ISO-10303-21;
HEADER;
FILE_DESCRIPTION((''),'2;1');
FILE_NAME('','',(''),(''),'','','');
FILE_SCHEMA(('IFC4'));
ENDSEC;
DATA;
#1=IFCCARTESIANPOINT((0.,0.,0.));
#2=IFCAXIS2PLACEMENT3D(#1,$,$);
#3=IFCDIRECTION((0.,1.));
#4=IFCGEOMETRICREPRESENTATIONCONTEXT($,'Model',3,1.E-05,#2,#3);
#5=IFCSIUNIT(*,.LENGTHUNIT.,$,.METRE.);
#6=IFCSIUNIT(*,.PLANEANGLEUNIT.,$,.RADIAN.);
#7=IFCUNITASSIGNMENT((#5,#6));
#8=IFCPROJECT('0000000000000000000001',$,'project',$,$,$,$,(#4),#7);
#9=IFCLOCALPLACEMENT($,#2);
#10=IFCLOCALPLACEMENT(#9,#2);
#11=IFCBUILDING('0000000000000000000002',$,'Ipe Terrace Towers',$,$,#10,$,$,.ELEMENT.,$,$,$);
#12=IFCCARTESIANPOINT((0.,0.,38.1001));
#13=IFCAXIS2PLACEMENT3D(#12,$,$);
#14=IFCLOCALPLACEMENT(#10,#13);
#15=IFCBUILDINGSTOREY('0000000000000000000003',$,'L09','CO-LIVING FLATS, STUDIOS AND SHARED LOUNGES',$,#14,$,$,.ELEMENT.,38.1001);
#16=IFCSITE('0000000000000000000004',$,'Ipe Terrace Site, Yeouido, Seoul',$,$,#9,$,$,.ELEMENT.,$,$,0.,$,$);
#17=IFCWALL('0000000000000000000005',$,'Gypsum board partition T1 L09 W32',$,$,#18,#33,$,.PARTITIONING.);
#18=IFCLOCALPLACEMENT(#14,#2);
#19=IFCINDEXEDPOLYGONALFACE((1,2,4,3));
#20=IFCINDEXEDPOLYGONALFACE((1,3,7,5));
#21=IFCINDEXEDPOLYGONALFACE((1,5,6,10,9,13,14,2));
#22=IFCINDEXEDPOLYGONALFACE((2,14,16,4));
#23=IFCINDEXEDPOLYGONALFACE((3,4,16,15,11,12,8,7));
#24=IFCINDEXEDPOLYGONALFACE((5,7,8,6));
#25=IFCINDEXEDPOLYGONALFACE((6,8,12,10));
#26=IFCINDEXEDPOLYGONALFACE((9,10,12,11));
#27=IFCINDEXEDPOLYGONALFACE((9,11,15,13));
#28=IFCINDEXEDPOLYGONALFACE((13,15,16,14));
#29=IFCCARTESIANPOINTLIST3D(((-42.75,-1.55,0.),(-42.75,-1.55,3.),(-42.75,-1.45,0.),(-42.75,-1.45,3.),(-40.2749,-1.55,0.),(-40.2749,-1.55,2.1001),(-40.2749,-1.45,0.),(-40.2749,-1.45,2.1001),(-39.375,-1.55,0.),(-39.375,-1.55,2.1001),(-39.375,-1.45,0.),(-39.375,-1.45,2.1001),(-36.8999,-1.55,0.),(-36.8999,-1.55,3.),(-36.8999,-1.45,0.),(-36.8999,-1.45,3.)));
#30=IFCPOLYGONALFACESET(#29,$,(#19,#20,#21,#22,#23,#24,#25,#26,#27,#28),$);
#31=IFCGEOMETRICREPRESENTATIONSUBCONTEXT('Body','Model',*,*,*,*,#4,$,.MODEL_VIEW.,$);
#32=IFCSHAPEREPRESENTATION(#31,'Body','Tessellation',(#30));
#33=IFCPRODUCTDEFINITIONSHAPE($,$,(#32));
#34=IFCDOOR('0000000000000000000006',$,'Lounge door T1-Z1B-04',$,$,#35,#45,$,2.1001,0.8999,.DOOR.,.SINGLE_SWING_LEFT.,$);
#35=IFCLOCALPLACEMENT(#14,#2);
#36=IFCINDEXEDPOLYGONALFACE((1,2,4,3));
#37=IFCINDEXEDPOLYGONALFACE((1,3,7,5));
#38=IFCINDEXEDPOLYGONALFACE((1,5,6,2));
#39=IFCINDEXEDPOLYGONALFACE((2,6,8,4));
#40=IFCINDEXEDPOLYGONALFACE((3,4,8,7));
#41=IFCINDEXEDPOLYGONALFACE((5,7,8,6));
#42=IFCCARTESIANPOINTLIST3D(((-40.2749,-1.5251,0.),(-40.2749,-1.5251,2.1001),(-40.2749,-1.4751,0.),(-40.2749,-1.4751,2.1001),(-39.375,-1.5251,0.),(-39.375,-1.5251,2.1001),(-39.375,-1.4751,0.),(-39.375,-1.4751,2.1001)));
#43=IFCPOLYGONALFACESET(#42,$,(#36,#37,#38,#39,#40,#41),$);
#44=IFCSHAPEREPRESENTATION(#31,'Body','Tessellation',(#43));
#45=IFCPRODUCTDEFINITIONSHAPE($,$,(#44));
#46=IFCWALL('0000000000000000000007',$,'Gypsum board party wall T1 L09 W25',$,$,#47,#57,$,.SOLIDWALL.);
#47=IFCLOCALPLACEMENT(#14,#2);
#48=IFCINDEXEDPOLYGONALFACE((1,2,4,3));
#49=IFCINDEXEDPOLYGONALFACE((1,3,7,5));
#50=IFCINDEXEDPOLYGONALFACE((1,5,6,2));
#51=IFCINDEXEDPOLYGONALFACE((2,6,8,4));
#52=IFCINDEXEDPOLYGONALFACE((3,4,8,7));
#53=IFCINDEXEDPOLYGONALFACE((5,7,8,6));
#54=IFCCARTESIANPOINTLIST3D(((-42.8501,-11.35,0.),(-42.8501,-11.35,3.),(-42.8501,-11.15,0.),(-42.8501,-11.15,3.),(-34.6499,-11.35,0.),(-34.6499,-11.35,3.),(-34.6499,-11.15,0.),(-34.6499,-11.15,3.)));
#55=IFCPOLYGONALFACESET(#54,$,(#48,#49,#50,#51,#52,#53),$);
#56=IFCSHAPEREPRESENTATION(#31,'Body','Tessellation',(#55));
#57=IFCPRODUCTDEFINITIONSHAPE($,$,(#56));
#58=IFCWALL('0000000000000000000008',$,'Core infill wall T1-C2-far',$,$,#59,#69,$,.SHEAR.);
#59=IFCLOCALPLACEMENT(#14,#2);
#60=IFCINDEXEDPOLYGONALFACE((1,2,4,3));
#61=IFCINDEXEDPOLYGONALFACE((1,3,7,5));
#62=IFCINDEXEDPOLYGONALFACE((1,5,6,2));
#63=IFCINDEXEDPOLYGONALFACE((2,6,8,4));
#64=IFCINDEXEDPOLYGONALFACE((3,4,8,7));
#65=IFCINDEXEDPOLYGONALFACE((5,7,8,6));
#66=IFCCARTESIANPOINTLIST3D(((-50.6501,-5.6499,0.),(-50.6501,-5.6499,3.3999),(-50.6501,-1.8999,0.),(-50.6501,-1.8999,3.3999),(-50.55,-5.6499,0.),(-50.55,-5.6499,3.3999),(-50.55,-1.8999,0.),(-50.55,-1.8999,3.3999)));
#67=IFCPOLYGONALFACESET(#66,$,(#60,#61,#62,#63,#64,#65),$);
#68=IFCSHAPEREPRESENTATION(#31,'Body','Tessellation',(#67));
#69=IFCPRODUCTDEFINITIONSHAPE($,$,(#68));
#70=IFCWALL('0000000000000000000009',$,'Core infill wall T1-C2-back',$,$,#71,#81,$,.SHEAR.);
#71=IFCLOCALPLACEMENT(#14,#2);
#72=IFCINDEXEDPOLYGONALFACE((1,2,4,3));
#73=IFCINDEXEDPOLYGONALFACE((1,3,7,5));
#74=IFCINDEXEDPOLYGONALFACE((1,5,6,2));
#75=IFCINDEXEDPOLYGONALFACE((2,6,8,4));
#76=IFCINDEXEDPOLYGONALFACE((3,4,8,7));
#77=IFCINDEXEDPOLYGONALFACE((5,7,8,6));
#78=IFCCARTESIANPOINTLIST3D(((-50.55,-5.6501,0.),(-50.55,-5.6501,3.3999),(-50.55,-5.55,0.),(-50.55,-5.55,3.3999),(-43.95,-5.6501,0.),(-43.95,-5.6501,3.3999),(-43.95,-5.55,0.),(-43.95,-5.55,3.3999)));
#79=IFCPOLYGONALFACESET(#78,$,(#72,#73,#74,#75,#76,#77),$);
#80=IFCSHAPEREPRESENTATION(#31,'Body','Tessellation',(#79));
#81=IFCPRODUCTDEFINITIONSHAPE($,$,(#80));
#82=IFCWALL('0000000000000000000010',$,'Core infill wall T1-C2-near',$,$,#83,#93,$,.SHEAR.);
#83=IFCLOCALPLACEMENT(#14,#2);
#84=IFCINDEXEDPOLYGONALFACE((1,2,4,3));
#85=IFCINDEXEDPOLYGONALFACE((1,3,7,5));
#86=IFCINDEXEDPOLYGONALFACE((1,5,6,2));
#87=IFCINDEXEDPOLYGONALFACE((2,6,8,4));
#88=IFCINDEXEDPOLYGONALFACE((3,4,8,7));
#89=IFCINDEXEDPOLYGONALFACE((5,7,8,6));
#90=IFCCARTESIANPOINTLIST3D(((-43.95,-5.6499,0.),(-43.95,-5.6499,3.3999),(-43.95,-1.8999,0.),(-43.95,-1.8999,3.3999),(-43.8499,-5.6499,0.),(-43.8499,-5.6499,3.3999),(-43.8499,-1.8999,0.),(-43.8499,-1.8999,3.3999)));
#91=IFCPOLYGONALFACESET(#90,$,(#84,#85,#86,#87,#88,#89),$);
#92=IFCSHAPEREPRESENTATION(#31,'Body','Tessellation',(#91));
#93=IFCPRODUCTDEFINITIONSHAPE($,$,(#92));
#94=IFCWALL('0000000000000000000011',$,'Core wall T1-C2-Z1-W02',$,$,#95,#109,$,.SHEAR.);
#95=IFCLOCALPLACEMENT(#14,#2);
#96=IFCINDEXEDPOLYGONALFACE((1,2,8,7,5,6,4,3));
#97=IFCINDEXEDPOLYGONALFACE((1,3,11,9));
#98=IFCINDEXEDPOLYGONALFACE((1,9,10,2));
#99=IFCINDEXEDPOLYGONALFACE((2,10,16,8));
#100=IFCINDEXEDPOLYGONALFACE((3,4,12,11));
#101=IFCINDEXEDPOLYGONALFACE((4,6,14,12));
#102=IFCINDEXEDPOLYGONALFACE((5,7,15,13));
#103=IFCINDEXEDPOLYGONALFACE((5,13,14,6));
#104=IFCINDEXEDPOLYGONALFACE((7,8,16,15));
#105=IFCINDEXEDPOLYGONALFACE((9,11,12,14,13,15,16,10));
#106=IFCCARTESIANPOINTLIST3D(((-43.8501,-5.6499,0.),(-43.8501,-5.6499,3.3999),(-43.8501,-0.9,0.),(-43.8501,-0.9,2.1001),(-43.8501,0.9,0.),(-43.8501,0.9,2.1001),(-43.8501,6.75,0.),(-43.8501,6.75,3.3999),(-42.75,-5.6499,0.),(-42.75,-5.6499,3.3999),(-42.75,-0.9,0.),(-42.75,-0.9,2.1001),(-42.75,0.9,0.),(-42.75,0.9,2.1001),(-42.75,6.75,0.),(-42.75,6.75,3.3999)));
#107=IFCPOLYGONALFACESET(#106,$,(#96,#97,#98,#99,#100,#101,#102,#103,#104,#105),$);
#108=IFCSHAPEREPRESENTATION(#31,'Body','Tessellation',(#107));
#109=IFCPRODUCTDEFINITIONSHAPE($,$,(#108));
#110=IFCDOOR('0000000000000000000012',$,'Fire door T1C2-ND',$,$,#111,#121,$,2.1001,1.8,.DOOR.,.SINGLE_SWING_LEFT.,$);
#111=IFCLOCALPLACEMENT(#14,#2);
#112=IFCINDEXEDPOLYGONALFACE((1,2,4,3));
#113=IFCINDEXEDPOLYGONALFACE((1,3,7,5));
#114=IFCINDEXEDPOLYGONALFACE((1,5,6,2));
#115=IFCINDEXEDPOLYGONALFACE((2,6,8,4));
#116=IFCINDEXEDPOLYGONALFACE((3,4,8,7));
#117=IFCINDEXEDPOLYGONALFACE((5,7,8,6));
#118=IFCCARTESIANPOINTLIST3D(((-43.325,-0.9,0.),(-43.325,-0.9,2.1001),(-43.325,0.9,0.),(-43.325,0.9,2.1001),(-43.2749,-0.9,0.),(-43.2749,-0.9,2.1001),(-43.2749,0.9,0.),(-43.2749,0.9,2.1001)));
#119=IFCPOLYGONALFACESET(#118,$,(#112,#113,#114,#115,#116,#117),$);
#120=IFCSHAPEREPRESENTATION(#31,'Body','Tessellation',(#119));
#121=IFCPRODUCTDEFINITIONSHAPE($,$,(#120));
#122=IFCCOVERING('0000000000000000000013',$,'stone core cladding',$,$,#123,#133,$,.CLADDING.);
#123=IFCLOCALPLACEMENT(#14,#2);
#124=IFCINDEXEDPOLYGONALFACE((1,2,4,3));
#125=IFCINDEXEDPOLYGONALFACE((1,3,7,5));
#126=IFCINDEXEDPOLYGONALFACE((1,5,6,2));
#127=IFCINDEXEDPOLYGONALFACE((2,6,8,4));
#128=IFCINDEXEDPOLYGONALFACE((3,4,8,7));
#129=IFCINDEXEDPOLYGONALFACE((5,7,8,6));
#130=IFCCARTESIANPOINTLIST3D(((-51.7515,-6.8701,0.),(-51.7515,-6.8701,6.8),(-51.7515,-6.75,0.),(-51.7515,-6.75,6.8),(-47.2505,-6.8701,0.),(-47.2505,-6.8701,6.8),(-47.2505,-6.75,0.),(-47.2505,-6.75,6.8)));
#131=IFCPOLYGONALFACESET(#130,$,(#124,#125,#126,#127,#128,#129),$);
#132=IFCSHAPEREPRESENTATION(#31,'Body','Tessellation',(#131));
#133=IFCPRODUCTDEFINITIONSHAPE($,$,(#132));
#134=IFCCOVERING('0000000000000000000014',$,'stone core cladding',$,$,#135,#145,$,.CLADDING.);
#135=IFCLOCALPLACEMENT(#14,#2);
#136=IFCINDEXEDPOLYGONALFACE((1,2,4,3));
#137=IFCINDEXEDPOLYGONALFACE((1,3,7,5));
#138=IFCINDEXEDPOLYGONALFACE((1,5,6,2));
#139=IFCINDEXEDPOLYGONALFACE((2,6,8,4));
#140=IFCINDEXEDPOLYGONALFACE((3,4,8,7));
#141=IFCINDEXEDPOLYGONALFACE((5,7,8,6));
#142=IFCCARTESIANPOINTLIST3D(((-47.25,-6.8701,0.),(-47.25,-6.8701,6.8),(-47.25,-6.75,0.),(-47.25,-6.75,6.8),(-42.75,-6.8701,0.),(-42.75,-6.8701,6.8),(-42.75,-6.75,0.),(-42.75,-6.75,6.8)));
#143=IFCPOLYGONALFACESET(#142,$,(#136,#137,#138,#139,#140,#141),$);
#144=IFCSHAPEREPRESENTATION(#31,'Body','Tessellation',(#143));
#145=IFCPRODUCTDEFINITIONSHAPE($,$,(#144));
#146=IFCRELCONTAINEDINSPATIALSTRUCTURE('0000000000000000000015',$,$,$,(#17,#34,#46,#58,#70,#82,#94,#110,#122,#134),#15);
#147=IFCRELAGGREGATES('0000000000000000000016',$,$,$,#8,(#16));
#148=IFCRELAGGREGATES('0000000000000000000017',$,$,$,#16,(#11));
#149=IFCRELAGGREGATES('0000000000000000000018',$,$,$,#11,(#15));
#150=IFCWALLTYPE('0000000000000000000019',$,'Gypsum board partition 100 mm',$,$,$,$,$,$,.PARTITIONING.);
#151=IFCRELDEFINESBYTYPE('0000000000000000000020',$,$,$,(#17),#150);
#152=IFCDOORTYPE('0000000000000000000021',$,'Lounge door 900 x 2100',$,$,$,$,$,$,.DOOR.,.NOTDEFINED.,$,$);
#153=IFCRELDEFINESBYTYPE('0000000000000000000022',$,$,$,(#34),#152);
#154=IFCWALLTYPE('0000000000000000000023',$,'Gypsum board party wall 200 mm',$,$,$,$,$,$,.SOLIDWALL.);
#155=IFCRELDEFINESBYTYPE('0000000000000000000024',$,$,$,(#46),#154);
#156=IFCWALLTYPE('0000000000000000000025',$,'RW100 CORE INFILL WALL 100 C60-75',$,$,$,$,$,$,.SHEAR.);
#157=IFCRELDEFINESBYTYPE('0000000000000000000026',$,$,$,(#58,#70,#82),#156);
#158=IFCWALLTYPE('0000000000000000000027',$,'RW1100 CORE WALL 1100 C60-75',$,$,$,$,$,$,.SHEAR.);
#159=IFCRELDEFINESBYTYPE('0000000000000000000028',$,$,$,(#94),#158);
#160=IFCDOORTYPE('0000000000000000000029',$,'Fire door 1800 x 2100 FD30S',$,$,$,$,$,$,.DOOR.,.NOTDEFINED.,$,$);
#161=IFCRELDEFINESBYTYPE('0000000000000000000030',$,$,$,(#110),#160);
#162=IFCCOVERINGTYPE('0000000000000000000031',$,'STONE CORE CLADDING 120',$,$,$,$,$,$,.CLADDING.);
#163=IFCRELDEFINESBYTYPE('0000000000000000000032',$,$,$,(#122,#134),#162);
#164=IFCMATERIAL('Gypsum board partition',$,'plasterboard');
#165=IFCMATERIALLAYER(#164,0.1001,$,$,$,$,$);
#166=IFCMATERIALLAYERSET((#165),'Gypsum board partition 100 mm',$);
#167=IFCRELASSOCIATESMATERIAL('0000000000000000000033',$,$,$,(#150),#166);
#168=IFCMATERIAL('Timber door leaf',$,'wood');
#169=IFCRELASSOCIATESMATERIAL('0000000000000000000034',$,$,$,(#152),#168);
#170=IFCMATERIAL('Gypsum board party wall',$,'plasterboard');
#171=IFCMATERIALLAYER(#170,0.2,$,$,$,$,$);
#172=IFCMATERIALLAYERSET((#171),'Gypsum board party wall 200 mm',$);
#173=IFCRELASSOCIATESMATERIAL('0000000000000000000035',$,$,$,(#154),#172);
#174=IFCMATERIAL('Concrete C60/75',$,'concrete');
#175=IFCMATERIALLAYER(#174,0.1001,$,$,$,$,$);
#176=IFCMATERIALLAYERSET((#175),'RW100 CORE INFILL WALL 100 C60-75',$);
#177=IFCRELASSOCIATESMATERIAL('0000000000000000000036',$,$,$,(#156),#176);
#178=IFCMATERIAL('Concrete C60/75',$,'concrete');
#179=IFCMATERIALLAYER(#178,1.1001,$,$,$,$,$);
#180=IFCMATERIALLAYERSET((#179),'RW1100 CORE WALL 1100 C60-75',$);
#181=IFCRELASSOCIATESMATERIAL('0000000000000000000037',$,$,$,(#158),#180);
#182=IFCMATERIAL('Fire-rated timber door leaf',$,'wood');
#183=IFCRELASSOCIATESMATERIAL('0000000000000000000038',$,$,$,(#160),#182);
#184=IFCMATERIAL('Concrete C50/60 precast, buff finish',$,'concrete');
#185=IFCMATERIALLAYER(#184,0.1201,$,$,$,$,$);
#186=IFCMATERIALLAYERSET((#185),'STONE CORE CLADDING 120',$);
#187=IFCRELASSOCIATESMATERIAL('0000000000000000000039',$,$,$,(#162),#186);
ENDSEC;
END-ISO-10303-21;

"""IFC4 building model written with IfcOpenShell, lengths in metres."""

from ifc_helpers import new_model, si_unit, direction, frame, frame_2d, origin, origin_2d, place, context, subcontext, project, spatial, rectangle, extrude, material, layer, layer_set, type_object, element, fill, save


model = new_model("IFC4")

# Units and contexts
model_context = context("Model", 3, precision=1e-05, world=origin(), true_north=direction((0.0, 1.0)))
body_context = subcontext(model_context, "Body", "Model", "MODEL_VIEW")
ifc_project = project(units=[si_unit("LENGTHUNIT", "METRE"), si_unit("PLANEANGLEUNIT", "RADIAN")], contexts=[model_context])

# Site, building, storey
site_placement = place(None, origin())
site = spatial("IfcSite", under=ifc_project, at=site_placement, Name="Ipe Terrace Site, Yeouido, Seoul", CompositionType="ELEMENT", RefElevation=0.0)
building_placement = place(site_placement, origin())
building = spatial("IfcBuilding", under=site, at=building_placement, Name="Ipe Terrace Towers", CompositionType="ELEMENT")
storey_placement = place(building_placement, frame((0.0, 0.0, 38.1001)))
storey = spatial("IfcBuildingStorey", under=building, at=storey_placement, Name="L09", Description="CO-LIVING FLATS, STUDIOS AND SHARED LOUNGES", CompositionType="ELEMENT", Elevation=38.1001)

# Shared definitions
ifc_material_1 = material(Name="Gypsum board partition", Category="plasterboard")
ifc_layer_1 = layer(ifc_material_1, 0.1001)
ifc_layer_set_1 = layer_set([ifc_layer_1], Name="Gypsum board partition 100 mm")
wall_type_1 = type_object("IfcWallType", Name="Gypsum board partition 100 mm", PredefinedType="PARTITIONING", material=ifc_layer_set_1)

# Wall, opening, door
wall_1_placement = place(storey_placement, frame((-42.75, -1.5, 0.0), z_axis=(0.0, 0.0, 1.0), x_axis=(1.0, 0.0, 0.0)))
wall_1 = element("IfcWall", 1, at=wall_1_placement, inside=storey, type_object=wall_type_1, Name="Gypsum board partition T1 L09 W32", PredefinedType="PARTITIONING", context=body_context, shape_type="SweptSolid", body=[
    extrude(rectangle(XDim=5.8501, YDim=0.1001, at=frame_2d((2.925, 0.0))), origin(), (0.0, 0.0, 1.0), 3.0),
])
opening_1_placement = place(wall_1_placement, frame((2.4751, 0.0, 0.0)))
opening_1 = element("IfcOpeningElement", 2, at=opening_1_placement, cuts=wall_1, PredefinedType="OPENING", context=body_context, shape_type="SweptSolid", body=[
    extrude(rectangle(XDim=0.8999, YDim=2.1001, at=frame_2d((0.45, 1.05))), frame((0.0, 0.0601, 0.0), z_axis=(0.0, -1.0, 0.0), x_axis=(1.0, 0.0, 0.0)), (0.0, 0.0, 1.0), 0.1201),
])
ifc_material_2 = material(Name="Timber door leaf", Category="wood")
door_type_1 = type_object("IfcDoorType", Name="Lounge door 900 x 2100", OperationType="NOTDEFINED", PredefinedType="DOOR", material=ifc_material_2)
door_1_placement = place(opening_1_placement, origin())
door_1 = element("IfcDoor", 3, at=door_1_placement, inside=storey, type_object=door_type_1, Name="Lounge door T1-Z1B-04", OperationType="SINGLE_SWING_LEFT", OverallHeight=2.1001, OverallWidth=0.8999, PredefinedType="DOOR", context=body_context, shape_type="SweptSolid", body=[
    extrude(rectangle(XDim=0.8999, YDim=2.1001, at=frame_2d((0.45, 1.05))), frame((0.0, 0.0249, 0.0), z_axis=(0.0, -1.0, 0.0), x_axis=(1.0, 0.0, 0.0)), (0.0, 0.0, 1.0), 0.05),
])
fill(opening_1, door_1)

# Walls
ifc_material_3 = material(Name="Gypsum board party wall", Category="plasterboard")
ifc_layer_2 = layer(ifc_material_3, 0.2)
ifc_layer_set_2 = layer_set([ifc_layer_2], Name="Gypsum board party wall 200 mm")
wall_type_2 = type_object("IfcWallType", Name="Gypsum board party wall 200 mm", PredefinedType="SOLIDWALL", material=ifc_layer_set_2)
wall_2_placement = place(storey_placement, frame((-42.8501, -11.25, 0.0), z_axis=(0.0, 0.0, 1.0), x_axis=(1.0, 0.0, 0.0)))
element("IfcWall", 4, at=wall_2_placement, inside=storey, type_object=wall_type_2, Name="Gypsum board party wall T1 L09 W25", PredefinedType="SOLIDWALL", context=body_context, shape_type="SweptSolid", body=[
    extrude(rectangle(XDim=8.2002, YDim=0.2, at=frame_2d((4.1001, 0.0))), origin(), (0.0, 0.0, 1.0), 3.0),
])
ifc_material_4 = material(Name="Concrete C60/75", Category="concrete")
ifc_layer_3 = layer(ifc_material_4, 0.1001)
ifc_layer_set_3 = layer_set([ifc_layer_3], Name="RW100 CORE INFILL WALL 100 C60-75")
wall_type_3 = type_object("IfcWallType", Name="RW100 CORE INFILL WALL 100 C60-75", PredefinedType="SHEAR", material=ifc_layer_set_3)
wall_3_placement = place(storey_placement, frame((-50.6001, -1.8999, 0.0), z_axis=(0.0, 0.0, 1.0), x_axis=(0.0, -1.0, 0.0)))
element("IfcWall", 5, at=wall_3_placement, inside=storey, type_object=wall_type_3, Name="Core infill wall T1-C2-far", PredefinedType="SHEAR", context=body_context, shape_type="SweptSolid", body=[
    extrude(rectangle(XDim=3.75, YDim=0.1001, at=frame_2d((1.875, 0.0))), origin(), (0.0, 0.0, 1.0), 3.3999),
])
wall_4_placement = place(storey_placement, frame((-43.95, -5.6001, 0.0), z_axis=(0.0, 0.0, 1.0), x_axis=(-1.0, 0.0, 0.0)))
element("IfcWall", 6, at=wall_4_placement, inside=storey, type_object=wall_type_3, Name="Core infill wall T1-C2-back", PredefinedType="SHEAR", context=body_context, shape_type="SweptSolid", body=[
    extrude(rectangle(XDim=6.6001, YDim=0.1001, at=frame_2d((3.3, 0.0))), origin(), (0.0, 0.0, 1.0), 3.3999),
])
wall_5_placement = place(storey_placement, frame((-43.8999, -1.8999, 0.0), z_axis=(0.0, 0.0, 1.0), x_axis=(0.0, -1.0, 0.0)))
element("IfcWall", 7, at=wall_5_placement, inside=storey, type_object=wall_type_3, Name="Core infill wall T1-C2-near", PredefinedType="SHEAR", context=body_context, shape_type="SweptSolid", body=[
    extrude(rectangle(XDim=3.75, YDim=0.1001, at=frame_2d((1.875, 0.0))), origin(), (0.0, 0.0, 1.0), 3.3999),
])

# Wall, opening, door
ifc_material_5 = material(Name="Concrete C60/75", Category="concrete")
ifc_layer_4 = layer(ifc_material_5, 1.1001)
ifc_layer_set_4 = layer_set([ifc_layer_4], Name="RW1100 CORE WALL 1100 C60-75")
wall_type_4 = type_object("IfcWallType", Name="RW1100 CORE WALL 1100 C60-75", PredefinedType="SHEAR", material=ifc_layer_set_4)
wall_6_placement = place(storey_placement, frame((-43.3, -5.6499, 0.0), z_axis=(0.0, 0.0, 1.0), x_axis=(0.0, 1.0, 0.0)))
wall_6 = element("IfcWall", 8, at=wall_6_placement, inside=storey, type_object=wall_type_4, Name="Core wall T1-C2-Z1-W02", PredefinedType="SHEAR", context=body_context, shape_type="SweptSolid", body=[
    extrude(rectangle(XDim=12.3999, YDim=1.1001, at=frame_2d((6.2, 0.0))), origin(), (0.0, 0.0, 1.0), 3.3999),
])
opening_2_placement = place(wall_6_placement, frame((4.75, 0.0, 0.0)))
opening_2 = element("IfcOpeningElement", 9, at=opening_2_placement, cuts=wall_6, PredefinedType="OPENING", context=body_context, shape_type="SweptSolid", body=[
    extrude(rectangle(XDim=1.8, YDim=2.1001, at=frame_2d((0.8999, 1.05))), frame((0.0, 0.5601, 0.0), z_axis=(0.0, -1.0, 0.0), x_axis=(1.0, 0.0, 0.0)), (0.0, 0.0, 1.0), 1.1201),
])
ifc_material_6 = material(Name="Fire-rated timber door leaf", Category="wood")
door_type_2 = type_object("IfcDoorType", Name="Fire door 1800 x 2100 FD30S", OperationType="NOTDEFINED", PredefinedType="DOOR", material=ifc_material_6)
door_2_placement = place(opening_2_placement, origin())
door_2 = element("IfcDoor", 10, at=door_2_placement, inside=storey, type_object=door_type_2, Name="Fire door T1C2-ND", OperationType="SINGLE_SWING_LEFT", OverallHeight=2.1001, OverallWidth=1.8, PredefinedType="DOOR", context=body_context, shape_type="SweptSolid", body=[
    extrude(rectangle(XDim=1.8, YDim=2.1001, at=frame_2d((0.8999, 1.05))), frame((0.0, 0.0249, 0.0), z_axis=(0.0, -1.0, 0.0), x_axis=(1.0, 0.0, 0.0)), (0.0, 0.0, 1.0), 0.05),
])
fill(opening_2, door_2)

# Coverings
ifc_material_7 = material(Name="Concrete C50/60 precast, buff finish", Category="concrete")
ifc_layer_5 = layer(ifc_material_7, 0.1201)
ifc_layer_set_5 = layer_set([ifc_layer_5], Name="STONE CORE CLADDING 120")
covering_type = type_object("IfcCoveringType", Name="STONE CORE CLADDING 120", PredefinedType="CLADDING", material=ifc_layer_set_5)
covering_1_placement = place(storey_placement, frame((-49.501, -6.8101, 0.0), z_axis=(0.0, 0.0, 1.0), x_axis=(1.0, 0.0, 0.0)))
element("IfcCovering", 11, at=covering_1_placement, inside=storey, type_object=covering_type, Name="stone core cladding", PredefinedType="CLADDING", context=body_context, shape_type="SweptSolid", body=[
    extrude(rectangle(XDim=4.501, YDim=0.1201, at=origin_2d()), origin(), (0.0, 0.0, 1.0), 6.8),
])
covering_2_placement = place(storey_placement, frame((-45.0, -6.8101, 0.0), z_axis=(0.0, 0.0, 1.0), x_axis=(1.0, 0.0, 0.0)))
element("IfcCovering", 12, at=covering_2_placement, inside=storey, type_object=covering_type, Name="stone core cladding", PredefinedType="CLADDING", context=body_context, shape_type="SweptSolid", body=[
    extrude(rectangle(XDim=4.5, YDim=0.1201, at=origin_2d()), origin(), (0.0, 0.0, 1.0), 6.8),
])

save(model, "model.ifc")
